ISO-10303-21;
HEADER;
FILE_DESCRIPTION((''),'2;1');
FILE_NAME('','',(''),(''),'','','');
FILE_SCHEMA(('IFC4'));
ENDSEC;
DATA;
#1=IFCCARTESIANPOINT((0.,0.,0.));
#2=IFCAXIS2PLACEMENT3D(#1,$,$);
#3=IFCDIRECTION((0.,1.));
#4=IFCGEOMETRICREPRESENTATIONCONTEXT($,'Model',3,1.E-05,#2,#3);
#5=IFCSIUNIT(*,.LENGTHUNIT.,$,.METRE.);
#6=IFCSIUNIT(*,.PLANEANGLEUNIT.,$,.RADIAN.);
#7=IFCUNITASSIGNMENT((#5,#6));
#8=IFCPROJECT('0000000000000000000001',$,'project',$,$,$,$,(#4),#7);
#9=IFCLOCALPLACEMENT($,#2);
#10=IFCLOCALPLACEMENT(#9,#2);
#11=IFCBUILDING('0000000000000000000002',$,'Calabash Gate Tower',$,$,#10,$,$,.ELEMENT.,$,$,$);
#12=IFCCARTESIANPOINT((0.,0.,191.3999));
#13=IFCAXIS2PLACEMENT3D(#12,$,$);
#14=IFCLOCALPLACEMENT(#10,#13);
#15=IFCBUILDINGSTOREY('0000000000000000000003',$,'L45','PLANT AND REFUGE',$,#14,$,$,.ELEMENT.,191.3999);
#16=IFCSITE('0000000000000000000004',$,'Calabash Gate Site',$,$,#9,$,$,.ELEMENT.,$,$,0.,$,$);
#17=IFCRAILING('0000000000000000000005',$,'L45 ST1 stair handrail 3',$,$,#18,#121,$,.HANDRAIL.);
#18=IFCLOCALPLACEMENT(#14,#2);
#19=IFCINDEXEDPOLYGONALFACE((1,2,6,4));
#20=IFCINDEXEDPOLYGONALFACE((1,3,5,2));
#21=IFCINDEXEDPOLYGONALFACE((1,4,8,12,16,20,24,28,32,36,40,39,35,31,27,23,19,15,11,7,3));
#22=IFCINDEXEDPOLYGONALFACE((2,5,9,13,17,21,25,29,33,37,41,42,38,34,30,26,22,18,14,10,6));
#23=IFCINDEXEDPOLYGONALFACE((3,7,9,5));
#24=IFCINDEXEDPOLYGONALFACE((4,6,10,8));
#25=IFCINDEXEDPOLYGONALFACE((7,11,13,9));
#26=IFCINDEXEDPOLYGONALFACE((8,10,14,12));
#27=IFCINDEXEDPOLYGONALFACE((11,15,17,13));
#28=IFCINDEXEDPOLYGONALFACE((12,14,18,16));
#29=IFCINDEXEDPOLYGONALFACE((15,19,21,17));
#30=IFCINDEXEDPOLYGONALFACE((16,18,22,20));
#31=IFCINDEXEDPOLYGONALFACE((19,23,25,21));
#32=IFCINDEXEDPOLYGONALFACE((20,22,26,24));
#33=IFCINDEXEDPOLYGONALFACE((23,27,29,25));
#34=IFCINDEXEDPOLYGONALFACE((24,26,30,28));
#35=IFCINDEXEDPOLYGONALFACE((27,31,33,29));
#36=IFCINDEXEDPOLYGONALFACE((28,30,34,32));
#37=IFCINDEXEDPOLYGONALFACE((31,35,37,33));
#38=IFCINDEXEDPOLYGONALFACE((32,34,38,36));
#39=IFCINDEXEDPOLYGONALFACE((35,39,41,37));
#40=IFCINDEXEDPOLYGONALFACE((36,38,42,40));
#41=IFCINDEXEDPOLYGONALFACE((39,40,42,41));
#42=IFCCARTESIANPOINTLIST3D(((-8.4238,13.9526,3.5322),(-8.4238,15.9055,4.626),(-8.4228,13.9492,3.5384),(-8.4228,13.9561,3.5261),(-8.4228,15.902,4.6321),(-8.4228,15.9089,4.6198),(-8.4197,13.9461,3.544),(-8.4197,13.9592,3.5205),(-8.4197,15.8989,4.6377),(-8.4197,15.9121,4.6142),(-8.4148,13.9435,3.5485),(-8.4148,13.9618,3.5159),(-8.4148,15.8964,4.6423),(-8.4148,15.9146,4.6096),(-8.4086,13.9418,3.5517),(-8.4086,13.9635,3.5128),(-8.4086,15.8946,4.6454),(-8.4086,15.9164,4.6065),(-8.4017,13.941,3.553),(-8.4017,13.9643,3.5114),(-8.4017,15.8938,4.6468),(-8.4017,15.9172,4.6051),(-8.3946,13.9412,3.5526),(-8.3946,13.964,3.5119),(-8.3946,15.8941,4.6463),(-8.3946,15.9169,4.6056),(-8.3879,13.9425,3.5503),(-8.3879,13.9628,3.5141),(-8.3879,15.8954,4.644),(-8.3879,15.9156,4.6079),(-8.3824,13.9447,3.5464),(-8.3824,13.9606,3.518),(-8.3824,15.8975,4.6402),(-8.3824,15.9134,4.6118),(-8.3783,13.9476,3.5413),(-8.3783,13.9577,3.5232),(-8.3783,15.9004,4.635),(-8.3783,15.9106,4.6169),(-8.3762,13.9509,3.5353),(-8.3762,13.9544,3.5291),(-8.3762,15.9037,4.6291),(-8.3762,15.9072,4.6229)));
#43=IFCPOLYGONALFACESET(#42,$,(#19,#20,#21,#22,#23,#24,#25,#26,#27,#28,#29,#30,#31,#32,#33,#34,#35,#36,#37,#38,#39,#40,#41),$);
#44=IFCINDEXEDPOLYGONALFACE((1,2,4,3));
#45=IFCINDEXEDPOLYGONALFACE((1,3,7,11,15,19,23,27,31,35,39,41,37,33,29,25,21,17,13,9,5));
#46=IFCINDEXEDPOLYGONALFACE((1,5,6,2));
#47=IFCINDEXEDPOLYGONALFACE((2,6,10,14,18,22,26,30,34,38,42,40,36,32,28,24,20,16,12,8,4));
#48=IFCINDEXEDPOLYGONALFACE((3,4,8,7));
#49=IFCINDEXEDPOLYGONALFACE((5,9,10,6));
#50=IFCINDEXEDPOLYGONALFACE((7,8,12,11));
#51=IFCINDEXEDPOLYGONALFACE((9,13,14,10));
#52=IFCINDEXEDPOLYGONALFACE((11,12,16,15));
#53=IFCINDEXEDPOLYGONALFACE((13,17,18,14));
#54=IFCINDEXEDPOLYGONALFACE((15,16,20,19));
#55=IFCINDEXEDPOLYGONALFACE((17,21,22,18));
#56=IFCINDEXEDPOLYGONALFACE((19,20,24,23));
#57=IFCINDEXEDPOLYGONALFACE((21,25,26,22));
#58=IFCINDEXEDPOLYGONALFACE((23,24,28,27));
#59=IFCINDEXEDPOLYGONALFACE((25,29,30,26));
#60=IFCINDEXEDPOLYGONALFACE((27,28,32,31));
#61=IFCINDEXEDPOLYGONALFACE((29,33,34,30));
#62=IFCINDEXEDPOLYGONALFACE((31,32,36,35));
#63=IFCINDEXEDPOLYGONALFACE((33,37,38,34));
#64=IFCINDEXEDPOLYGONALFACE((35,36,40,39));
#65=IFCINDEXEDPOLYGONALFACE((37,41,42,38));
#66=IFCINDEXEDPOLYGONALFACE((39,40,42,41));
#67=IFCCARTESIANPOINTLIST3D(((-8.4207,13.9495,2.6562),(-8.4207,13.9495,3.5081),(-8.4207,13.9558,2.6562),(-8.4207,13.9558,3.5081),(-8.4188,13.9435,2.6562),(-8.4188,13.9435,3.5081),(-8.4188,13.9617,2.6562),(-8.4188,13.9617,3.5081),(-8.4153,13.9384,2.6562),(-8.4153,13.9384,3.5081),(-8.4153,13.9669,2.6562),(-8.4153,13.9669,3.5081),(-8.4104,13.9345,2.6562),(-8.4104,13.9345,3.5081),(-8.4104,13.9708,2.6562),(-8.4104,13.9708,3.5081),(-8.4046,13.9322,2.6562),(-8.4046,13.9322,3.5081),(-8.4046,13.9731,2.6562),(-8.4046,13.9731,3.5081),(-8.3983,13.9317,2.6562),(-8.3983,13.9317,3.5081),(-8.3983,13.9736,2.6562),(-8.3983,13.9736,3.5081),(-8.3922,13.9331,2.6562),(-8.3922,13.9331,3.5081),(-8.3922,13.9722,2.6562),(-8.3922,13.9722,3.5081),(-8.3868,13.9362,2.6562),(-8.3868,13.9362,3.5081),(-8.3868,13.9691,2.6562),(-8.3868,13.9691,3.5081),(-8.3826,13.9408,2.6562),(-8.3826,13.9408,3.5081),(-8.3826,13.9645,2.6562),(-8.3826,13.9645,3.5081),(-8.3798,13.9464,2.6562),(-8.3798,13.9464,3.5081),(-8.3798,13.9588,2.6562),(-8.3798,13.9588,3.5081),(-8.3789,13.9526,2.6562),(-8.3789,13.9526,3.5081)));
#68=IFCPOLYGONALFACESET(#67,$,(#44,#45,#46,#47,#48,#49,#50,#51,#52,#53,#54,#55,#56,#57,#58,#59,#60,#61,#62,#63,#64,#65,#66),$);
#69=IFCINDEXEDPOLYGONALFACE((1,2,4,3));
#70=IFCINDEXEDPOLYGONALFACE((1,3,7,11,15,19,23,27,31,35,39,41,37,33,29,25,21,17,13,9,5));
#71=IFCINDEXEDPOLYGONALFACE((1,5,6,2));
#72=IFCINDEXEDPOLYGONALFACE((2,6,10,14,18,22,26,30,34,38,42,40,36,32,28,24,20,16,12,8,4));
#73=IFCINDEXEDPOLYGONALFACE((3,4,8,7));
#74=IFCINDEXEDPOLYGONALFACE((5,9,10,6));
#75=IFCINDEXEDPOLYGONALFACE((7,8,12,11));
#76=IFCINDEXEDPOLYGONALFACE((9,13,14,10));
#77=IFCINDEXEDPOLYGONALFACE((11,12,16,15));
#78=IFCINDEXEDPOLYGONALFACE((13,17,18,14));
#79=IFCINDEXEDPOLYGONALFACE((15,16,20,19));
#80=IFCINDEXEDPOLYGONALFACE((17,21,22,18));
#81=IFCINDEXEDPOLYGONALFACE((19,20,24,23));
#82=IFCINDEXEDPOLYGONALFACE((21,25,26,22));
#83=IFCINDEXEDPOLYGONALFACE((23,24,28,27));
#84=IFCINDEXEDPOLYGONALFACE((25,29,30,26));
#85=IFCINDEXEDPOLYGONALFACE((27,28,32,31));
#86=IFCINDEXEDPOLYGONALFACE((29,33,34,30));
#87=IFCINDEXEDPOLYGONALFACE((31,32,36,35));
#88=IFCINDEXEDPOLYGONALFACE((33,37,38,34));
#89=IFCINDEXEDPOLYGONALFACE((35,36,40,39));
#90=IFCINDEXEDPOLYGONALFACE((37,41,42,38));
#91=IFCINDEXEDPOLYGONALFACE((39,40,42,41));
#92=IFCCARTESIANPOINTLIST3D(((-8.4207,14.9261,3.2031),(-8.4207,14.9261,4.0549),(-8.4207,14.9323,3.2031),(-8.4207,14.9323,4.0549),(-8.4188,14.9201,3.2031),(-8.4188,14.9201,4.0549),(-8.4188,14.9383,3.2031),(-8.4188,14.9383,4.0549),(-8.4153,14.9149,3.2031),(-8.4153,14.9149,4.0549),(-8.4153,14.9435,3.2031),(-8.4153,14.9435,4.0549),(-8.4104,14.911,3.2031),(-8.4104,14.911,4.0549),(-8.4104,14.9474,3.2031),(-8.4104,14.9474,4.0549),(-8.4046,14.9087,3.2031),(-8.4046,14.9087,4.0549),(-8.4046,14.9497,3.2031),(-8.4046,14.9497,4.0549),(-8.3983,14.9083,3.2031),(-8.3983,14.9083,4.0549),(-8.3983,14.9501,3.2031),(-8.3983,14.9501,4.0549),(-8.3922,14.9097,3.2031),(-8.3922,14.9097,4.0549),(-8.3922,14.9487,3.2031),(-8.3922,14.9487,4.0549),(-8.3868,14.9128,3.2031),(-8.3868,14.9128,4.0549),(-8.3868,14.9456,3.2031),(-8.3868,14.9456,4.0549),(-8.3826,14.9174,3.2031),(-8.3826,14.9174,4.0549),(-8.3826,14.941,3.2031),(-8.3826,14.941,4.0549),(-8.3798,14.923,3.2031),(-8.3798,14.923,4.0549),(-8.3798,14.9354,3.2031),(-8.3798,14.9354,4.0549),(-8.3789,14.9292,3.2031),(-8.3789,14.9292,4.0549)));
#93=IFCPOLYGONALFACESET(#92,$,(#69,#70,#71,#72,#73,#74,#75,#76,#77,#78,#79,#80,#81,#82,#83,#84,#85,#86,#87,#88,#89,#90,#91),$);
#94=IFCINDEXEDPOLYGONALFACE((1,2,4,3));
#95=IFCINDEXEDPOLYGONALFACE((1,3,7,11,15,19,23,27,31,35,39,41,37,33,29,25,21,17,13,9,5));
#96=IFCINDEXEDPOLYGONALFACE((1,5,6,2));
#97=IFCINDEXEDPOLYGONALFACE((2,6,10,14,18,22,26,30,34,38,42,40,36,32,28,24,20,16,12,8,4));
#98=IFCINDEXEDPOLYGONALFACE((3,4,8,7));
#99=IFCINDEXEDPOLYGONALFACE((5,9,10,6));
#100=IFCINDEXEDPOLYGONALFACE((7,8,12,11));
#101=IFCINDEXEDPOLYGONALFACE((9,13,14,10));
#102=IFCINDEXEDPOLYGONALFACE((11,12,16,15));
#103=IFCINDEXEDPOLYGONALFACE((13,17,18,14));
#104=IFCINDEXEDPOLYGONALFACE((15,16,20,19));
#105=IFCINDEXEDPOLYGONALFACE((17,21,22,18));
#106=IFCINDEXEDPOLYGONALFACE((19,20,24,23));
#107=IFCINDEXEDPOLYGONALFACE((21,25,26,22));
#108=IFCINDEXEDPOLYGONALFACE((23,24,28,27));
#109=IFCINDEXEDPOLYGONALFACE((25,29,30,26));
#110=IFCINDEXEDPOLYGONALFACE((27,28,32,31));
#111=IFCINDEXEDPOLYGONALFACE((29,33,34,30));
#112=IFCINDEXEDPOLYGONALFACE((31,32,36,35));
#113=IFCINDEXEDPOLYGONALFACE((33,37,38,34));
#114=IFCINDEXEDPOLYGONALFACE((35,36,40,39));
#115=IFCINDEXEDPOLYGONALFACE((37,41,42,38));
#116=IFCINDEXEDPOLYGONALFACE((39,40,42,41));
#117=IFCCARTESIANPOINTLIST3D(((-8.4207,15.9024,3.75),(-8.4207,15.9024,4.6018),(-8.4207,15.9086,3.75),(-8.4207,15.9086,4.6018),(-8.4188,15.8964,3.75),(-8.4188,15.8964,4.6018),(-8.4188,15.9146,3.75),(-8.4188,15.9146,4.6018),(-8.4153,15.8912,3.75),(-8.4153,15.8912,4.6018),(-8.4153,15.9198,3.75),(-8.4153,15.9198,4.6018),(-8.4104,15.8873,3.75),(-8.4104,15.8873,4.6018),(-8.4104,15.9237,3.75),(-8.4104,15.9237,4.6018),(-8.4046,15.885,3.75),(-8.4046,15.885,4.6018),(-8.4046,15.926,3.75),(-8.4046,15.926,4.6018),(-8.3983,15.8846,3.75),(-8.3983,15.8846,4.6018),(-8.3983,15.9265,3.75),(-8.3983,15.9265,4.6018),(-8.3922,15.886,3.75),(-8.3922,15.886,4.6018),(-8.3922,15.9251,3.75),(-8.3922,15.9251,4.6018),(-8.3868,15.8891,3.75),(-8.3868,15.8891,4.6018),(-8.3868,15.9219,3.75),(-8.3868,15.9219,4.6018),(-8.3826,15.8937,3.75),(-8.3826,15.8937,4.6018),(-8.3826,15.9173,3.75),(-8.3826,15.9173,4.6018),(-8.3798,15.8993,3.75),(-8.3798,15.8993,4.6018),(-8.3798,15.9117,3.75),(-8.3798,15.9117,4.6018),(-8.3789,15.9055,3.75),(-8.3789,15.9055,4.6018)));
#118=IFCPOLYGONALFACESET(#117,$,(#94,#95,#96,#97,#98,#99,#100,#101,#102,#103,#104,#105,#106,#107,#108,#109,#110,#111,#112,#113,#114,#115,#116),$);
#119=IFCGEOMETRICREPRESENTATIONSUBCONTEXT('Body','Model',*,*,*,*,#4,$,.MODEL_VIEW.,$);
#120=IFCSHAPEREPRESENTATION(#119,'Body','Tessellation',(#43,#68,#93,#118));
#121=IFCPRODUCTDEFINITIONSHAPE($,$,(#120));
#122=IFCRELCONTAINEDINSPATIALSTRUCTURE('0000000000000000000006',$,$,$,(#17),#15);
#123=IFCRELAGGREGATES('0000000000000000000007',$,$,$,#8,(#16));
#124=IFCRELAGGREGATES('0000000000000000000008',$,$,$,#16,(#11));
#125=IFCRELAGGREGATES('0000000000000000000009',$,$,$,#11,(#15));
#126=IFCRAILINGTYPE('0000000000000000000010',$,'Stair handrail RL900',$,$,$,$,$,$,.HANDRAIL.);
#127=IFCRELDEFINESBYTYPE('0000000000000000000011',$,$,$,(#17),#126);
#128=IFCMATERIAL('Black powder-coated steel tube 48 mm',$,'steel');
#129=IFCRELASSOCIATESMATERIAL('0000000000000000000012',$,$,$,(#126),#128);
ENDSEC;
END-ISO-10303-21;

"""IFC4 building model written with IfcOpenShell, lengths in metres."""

from ifc_helpers import new_model, si_unit, direction, frame, origin, origin_2d, place, context, subcontext, project, spatial, circle, extrude, material, type_object, element, save


model = new_model("IFC4")

# Units and contexts
model_context = context("Model", 3, precision=1e-05, world=origin(), true_north=direction((0.0, 1.0)))
body_context = subcontext(model_context, "Body", "Model", "MODEL_VIEW")
ifc_project = project(units=[si_unit("LENGTHUNIT", "METRE"), si_unit("PLANEANGLEUNIT", "RADIAN")], contexts=[model_context])

# Site, building, storey
site_placement = place(None, origin())
site = spatial("IfcSite", under=ifc_project, at=site_placement, Name="Calabash Gate Site", CompositionType="ELEMENT", RefElevation=0.0)
building_placement = place(site_placement, origin())
building = spatial("IfcBuilding", under=site, at=building_placement, Name="Calabash Gate Tower", CompositionType="ELEMENT")
storey_placement = place(building_placement, frame((0.0, 0.0, 191.3999)))
storey = spatial("IfcBuildingStorey", under=building, at=storey_placement, Name="L45", Description="PLANT AND REFUGE", CompositionType="ELEMENT", Elevation=191.3999)

# Railing
ifc_material_1 = material(Name="Black powder-coated steel tube 48 mm", Category="steel")
railing_type_1 = type_object("IfcRailingType", Name="Stair handrail RL900", PredefinedType="HANDRAIL", material=ifc_material_1)
railing_1_placement = place(storey_placement, frame((-8.3999, 13.9526, 2.6562)))
element("IfcRailing", 1, at=railing_1_placement, inside=storey, type_object=railing_type_1, Name="L45 ST1 stair handrail 3", PredefinedType="HANDRAIL", context=body_context, shape_type="SweptSolid", body=[
    extrude(circle(Radius=0.0239, at=origin_2d()), frame((0.0, 0.0, 0.876), z_axis=(0.0, 0.87248, 0.48865), x_axis=(-1.0, 0.0, 0.0)), (0.0, 0.0, 1.0), 2.2383),
    extrude(circle(Radius=0.021, at=origin_2d()), origin(), (0.0, 0.0, 1.0), 0.8518),
    extrude(circle(Radius=0.021, at=origin_2d()), frame((0.0, 0.9766, 0.5469)), (0.0, 0.0, 1.0), 0.8518),
    extrude(circle(Radius=0.021, at=origin_2d()), frame((0.0, 1.9529, 1.0938)), (0.0, 0.0, 1.0), 0.8518),
])

save(model, "model.ifc")
